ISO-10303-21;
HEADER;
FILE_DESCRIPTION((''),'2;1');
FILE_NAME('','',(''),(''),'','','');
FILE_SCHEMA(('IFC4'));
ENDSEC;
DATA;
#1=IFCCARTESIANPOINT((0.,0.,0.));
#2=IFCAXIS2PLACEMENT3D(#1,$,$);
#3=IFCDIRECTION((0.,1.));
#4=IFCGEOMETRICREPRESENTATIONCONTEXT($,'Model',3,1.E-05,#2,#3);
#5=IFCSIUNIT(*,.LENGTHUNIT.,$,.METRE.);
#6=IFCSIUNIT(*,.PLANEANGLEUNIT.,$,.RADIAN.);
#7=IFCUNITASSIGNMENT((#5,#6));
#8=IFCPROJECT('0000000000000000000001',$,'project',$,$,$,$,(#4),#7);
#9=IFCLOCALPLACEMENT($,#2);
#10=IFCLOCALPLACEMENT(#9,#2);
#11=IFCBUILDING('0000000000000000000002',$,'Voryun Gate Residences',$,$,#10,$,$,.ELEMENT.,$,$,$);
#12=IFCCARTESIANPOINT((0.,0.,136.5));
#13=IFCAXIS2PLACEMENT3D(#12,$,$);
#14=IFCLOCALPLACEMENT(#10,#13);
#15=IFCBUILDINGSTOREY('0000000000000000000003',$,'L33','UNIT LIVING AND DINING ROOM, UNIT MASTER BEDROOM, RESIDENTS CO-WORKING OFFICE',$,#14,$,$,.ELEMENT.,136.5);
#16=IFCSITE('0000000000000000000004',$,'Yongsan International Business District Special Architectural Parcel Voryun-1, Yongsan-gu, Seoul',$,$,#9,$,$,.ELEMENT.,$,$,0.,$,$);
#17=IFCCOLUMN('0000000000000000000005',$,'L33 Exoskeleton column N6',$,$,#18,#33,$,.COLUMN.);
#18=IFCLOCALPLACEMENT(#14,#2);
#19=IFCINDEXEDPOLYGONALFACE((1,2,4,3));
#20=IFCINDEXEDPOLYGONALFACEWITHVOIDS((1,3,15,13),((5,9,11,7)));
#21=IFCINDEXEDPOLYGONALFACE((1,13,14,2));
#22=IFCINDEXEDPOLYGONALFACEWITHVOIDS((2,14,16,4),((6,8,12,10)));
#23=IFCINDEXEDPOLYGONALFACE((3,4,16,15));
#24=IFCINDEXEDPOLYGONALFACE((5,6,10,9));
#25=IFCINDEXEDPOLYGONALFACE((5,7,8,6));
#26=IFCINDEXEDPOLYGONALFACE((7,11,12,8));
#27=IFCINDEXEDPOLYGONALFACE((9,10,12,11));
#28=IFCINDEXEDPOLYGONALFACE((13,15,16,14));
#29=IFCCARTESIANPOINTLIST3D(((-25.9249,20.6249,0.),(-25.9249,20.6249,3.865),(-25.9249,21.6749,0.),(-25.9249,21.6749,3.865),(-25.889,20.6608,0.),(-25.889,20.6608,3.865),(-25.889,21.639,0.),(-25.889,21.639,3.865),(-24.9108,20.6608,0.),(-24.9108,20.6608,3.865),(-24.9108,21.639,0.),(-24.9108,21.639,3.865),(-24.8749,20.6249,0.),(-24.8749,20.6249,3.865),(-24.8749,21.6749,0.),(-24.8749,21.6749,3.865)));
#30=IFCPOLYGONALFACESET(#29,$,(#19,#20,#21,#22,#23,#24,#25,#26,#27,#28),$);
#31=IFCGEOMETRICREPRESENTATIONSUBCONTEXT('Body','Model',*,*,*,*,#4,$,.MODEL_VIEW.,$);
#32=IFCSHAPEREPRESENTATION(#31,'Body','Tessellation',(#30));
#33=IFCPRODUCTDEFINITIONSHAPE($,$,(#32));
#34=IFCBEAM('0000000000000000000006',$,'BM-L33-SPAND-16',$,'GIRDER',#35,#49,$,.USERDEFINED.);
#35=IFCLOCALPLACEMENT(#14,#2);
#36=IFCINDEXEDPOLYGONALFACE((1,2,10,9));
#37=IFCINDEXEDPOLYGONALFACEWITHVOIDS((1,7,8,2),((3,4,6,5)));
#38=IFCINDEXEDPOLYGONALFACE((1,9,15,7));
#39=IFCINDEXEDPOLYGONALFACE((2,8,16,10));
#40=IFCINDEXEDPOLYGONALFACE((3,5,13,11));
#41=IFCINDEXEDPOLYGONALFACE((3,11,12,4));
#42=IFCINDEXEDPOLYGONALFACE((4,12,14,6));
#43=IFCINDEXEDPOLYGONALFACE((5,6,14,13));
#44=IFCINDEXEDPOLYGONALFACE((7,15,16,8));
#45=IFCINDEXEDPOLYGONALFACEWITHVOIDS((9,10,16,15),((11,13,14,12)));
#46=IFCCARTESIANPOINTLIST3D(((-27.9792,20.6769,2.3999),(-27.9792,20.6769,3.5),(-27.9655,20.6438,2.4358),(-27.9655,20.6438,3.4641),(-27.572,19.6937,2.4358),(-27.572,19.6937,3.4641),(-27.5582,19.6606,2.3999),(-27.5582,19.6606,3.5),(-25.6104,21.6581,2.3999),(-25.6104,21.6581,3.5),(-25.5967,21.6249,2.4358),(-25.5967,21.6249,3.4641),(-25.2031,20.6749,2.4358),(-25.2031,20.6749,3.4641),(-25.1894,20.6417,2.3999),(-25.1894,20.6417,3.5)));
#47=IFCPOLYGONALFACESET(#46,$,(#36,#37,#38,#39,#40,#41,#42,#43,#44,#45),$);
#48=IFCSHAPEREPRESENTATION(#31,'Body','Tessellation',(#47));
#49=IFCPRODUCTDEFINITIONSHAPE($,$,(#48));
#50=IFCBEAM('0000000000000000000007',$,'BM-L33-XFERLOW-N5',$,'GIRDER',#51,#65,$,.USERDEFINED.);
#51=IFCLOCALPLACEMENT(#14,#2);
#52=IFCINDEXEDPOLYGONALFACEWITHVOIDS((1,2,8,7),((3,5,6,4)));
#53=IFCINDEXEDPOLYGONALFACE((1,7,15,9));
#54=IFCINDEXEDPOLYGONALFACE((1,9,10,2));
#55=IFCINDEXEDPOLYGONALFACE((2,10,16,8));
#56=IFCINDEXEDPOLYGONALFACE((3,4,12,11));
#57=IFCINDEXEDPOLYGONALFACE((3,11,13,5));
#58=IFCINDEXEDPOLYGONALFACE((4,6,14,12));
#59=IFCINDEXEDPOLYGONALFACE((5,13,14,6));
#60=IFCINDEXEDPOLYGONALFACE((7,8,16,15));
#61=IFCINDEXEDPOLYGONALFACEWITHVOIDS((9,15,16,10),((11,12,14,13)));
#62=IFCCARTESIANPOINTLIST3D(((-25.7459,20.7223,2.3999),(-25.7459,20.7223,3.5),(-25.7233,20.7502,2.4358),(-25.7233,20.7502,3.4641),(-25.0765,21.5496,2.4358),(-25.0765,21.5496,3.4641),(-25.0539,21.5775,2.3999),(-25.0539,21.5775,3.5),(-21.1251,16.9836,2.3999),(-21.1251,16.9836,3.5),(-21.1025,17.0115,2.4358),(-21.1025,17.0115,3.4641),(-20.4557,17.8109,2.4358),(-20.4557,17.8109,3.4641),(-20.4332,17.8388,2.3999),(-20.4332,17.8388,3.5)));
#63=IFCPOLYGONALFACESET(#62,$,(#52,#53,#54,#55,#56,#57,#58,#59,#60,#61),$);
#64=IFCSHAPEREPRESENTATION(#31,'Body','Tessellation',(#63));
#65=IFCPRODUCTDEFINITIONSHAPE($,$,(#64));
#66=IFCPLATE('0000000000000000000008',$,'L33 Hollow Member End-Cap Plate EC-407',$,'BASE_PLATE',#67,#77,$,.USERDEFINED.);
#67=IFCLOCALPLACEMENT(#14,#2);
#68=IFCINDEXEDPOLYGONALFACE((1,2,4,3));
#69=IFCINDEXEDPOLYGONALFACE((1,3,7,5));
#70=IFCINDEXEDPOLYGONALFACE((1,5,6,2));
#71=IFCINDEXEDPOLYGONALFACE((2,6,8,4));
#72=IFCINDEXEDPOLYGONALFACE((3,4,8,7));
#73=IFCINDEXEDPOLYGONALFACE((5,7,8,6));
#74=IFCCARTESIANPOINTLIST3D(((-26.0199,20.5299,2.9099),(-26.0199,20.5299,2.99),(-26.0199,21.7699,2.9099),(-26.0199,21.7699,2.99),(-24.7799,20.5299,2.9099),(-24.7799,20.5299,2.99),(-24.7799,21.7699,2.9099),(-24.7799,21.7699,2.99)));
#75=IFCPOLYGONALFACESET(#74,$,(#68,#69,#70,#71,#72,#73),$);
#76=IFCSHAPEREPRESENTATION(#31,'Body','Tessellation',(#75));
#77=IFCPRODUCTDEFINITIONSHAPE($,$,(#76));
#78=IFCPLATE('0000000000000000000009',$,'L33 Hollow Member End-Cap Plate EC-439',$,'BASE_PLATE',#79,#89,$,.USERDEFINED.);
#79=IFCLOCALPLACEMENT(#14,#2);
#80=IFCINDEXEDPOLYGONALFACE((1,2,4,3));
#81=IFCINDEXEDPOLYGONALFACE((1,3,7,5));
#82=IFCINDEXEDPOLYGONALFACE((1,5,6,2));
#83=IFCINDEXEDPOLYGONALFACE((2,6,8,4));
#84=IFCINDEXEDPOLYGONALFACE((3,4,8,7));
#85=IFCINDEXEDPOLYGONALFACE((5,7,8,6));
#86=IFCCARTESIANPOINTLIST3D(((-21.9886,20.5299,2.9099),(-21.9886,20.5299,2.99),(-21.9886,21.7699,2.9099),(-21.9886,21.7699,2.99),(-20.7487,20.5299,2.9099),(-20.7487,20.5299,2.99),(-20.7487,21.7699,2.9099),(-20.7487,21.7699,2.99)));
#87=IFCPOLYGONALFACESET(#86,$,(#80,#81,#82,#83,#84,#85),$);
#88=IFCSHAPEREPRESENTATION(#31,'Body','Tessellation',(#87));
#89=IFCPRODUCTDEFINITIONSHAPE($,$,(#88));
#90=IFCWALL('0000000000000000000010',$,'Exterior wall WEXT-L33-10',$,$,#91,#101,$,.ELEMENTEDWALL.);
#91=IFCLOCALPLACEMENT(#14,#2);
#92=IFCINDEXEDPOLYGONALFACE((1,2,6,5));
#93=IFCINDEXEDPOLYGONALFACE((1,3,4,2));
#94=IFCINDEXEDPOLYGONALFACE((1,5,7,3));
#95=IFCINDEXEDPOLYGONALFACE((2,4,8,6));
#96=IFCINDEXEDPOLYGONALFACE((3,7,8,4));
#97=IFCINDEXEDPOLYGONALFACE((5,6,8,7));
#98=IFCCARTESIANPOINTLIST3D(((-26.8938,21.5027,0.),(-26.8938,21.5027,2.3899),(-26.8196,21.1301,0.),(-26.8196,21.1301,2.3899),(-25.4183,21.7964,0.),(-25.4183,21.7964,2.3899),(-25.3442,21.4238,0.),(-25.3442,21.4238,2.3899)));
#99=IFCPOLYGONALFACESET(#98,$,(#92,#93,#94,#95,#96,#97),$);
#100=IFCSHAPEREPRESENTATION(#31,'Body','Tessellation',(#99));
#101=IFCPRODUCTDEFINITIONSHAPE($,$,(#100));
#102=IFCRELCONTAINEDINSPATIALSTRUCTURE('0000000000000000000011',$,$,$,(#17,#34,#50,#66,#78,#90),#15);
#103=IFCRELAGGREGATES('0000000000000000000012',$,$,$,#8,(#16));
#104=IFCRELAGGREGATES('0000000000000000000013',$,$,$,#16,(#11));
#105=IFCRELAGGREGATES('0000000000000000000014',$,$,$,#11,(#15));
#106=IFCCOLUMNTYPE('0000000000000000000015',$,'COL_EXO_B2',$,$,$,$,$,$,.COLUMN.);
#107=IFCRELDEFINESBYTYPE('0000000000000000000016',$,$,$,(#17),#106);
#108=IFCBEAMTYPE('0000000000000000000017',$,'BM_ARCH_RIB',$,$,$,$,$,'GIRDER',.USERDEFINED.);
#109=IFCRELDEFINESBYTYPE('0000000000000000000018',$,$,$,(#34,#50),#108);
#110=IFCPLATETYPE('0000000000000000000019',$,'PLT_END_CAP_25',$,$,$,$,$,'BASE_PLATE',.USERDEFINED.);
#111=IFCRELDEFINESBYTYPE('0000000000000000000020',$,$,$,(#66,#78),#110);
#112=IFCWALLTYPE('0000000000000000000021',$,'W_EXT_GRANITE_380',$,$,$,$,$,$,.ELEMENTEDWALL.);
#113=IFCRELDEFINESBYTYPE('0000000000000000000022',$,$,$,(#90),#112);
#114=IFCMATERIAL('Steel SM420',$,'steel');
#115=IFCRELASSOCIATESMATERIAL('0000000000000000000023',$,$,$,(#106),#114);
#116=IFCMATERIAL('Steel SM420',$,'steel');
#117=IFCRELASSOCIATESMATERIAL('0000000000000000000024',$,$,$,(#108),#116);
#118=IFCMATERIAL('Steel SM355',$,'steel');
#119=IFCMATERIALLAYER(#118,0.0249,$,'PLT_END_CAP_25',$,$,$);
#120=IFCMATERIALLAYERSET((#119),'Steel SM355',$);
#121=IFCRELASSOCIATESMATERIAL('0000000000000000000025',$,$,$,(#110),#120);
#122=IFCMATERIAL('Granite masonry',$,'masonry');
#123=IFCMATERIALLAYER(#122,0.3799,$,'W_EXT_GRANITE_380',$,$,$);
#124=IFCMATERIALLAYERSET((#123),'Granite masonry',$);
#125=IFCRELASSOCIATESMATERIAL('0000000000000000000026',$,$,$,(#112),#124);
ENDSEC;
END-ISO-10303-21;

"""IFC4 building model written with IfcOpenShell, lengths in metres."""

from ifc_helpers import new_model, si_unit, direction, frame, frame_2d, origin, origin_2d, place, context, subcontext, project, spatial, rectangle, hollow_rectangle, extrude, material, layer, layer_set, material_profile, profile_set, type_object, element, save


model = new_model("IFC4")

# Units and contexts
model_context = context("Model", 3, precision=1e-05, world=origin(), true_north=direction((0.0, 1.0)))
body_context = subcontext(model_context, "Body", "Model", "MODEL_VIEW")
ifc_project = project(units=[si_unit("LENGTHUNIT", "METRE"), si_unit("PLANEANGLEUNIT", "RADIAN")], contexts=[model_context])

# Site, building, storey
site_placement = place(None, origin())
site = spatial("IfcSite", under=ifc_project, at=site_placement, Name="Yongsan International Business District Special Architectural Parcel Voryun-1, Yongsan-gu, Seoul", CompositionType="ELEMENT", RefElevation=0.0)
building_placement = place(site_placement, origin())
building = spatial("IfcBuilding", under=site, at=building_placement, Name="Voryun Gate Residences", CompositionType="ELEMENT")
storey_placement = place(building_placement, frame((0.0, 0.0, 136.5)))
storey = spatial("IfcBuildingStorey", under=building, at=storey_placement, Name="L33", Description="UNIT LIVING AND DINING ROOM, UNIT MASTER BEDROOM, RESIDENTS CO-WORKING OFFICE", CompositionType="ELEMENT", Elevation=136.5)

# Column
ifc_material_1 = material(Name="Steel SM420", Category="steel")
ifc_material_profile_1 = material_profile(ifc_material_1, hollow_rectangle(XDim=1.05, YDim=1.05, WallThickness=0.0359, at=origin_2d()), Name="BOX-1050x1050x36")
ifc_profile_set_1 = profile_set([ifc_material_profile_1], Name="Steel SM420")
column_type = type_object("IfcColumnType", Name="COL_EXO_B2", PredefinedType="COLUMN", material=ifc_profile_set_1)
column_placement = place(storey_placement, frame((-25.3999, 21.1499, 0.0), z_axis=(0.0, 0.0, 1.0), x_axis=(1.0, 0.0, 0.0)))
element("IfcColumn", 1, at=column_placement, inside=storey, type_object=column_type, Name="L33 Exoskeleton column N6", PredefinedType="COLUMN", context=body_context, shape_type="SweptSolid", body=[
    extrude(hollow_rectangle(XDim=1.05, YDim=1.05, WallThickness=0.0359, at=origin_2d()), origin(), (0.0, 0.0, 1.0), 3.865),
])

# Beams
ifc_material_2 = material(Name="Steel SM420", Category="steel")
ifc_material_profile_2 = material_profile(ifc_material_2, hollow_rectangle(XDim=1.1001, YDim=1.1001, WallThickness=0.0359, at=origin_2d()), Name="BOX-1100x1100x36")
ifc_profile_set_2 = profile_set([ifc_material_profile_2], Name="Steel SM420")
beam_type = type_object("IfcBeamType", Name="BM_ARCH_RIB", ElementType="GIRDER", PredefinedType="USERDEFINED", material=ifc_profile_set_2)
beam_1_placement = place(storey_placement, frame((-25.3999, 21.1499, 2.95), z_axis=(-0.923883, -0.382674, 0.0), x_axis=(0.382674, -0.923883, 0.0)))
element("IfcBeam", 2, at=beam_1_placement, inside=storey, type_object=beam_type, Name="BM-L33-SPAND-16", ObjectType="GIRDER", PredefinedType="USERDEFINED", context=body_context, shape_type="SweptSolid", body=[
    extrude(hollow_rectangle(XDim=1.1001, YDim=1.1001, WallThickness=0.0359, at=origin_2d()), origin(), (0.0, 0.0, 1.0), 2.564),
])
beam_2_placement = place(storey_placement, frame((-25.3999, 21.1499, 2.95), z_axis=(0.777403, -0.629003, 0.0), x_axis=(0.629003, 0.777403, 0.0)))
element("IfcBeam", 3, at=beam_2_placement, inside=storey, type_object=beam_type, Name="BM-L33-XFERLOW-N5", ObjectType="GIRDER", PredefinedType="USERDEFINED", context=body_context, shape_type="SweptSolid", body=[
    extrude(hollow_rectangle(XDim=1.1001, YDim=1.1001, WallThickness=0.0359, at=origin_2d()), origin(), (0.0, 0.0, 1.0), 5.9438),
])

# Plates
ifc_material_3 = material(Name="Steel SM355", Category="steel")
ifc_layer_1 = layer(ifc_material_3, 0.0249, Name="PLT_END_CAP_25")
ifc_layer_set_1 = layer_set([ifc_layer_1], Name="Steel SM355")
plate_type = type_object("IfcPlateType", Name="PLT_END_CAP_25", ElementType="BASE_PLATE", PredefinedType="USERDEFINED", material=ifc_layer_set_1)
for number, where, z_axis, x_axis, name in (
    (4, (-25.3999, 21.1499, 2.9099), (0.0, 0.0, 1.0), (1.0, 0.0, 0.0), "L33 Hollow Member End-Cap Plate EC-407"),
    (5, (-21.3687, 21.1499, 2.9099), (0.0, 0.0, 1.0), (1.0, 0.0, 0.0), "L33 Hollow Member End-Cap Plate EC-439"),
):
    element("IfcPlate", number, at=place(storey_placement, frame(where, z_axis=z_axis, x_axis=x_axis)), inside=storey, type_object=plate_type, Name=name, ObjectType="BASE_PLATE", PredefinedType="USERDEFINED", context=body_context, shape_type="SweptSolid", body=[
        extrude(rectangle(XDim=1.24, YDim=1.24, at=origin_2d()), origin(), (0.0, 0.0, 1.0), 0.0801),
    ])

# Wall
ifc_material_4 = material(Name="Granite masonry", Category="masonry")
ifc_layer_2 = layer(ifc_material_4, 0.3799, Name="W_EXT_GRANITE_380")
ifc_layer_set_2 = layer_set([ifc_layer_2], Name="Granite masonry")
wall_type = type_object("IfcWallType", Name="W_EXT_GRANITE_380", PredefinedType="ELEMENTEDWALL", material=ifc_layer_set_2)
wall_1_placement = place(storey_placement, frame((-26.8567, 21.3164, 0.0), z_axis=(0.0, 0.0, 1.0), x_axis=(0.980755, 0.195242, 0.0)))
element("IfcWall", 6, at=wall_1_placement, inside=storey, type_object=wall_type, Name="Exterior wall WEXT-L33-10", PredefinedType="ELEMENTEDWALL", context=body_context, shape_type="SweptSolid", body=[
    extrude(rectangle(XDim=1.5044, YDim=0.3799, at=frame_2d((0.7522, 0.0))), origin(), (0.0, 0.0, 1.0), 2.3899),
])

save(model, "model.ifc")
